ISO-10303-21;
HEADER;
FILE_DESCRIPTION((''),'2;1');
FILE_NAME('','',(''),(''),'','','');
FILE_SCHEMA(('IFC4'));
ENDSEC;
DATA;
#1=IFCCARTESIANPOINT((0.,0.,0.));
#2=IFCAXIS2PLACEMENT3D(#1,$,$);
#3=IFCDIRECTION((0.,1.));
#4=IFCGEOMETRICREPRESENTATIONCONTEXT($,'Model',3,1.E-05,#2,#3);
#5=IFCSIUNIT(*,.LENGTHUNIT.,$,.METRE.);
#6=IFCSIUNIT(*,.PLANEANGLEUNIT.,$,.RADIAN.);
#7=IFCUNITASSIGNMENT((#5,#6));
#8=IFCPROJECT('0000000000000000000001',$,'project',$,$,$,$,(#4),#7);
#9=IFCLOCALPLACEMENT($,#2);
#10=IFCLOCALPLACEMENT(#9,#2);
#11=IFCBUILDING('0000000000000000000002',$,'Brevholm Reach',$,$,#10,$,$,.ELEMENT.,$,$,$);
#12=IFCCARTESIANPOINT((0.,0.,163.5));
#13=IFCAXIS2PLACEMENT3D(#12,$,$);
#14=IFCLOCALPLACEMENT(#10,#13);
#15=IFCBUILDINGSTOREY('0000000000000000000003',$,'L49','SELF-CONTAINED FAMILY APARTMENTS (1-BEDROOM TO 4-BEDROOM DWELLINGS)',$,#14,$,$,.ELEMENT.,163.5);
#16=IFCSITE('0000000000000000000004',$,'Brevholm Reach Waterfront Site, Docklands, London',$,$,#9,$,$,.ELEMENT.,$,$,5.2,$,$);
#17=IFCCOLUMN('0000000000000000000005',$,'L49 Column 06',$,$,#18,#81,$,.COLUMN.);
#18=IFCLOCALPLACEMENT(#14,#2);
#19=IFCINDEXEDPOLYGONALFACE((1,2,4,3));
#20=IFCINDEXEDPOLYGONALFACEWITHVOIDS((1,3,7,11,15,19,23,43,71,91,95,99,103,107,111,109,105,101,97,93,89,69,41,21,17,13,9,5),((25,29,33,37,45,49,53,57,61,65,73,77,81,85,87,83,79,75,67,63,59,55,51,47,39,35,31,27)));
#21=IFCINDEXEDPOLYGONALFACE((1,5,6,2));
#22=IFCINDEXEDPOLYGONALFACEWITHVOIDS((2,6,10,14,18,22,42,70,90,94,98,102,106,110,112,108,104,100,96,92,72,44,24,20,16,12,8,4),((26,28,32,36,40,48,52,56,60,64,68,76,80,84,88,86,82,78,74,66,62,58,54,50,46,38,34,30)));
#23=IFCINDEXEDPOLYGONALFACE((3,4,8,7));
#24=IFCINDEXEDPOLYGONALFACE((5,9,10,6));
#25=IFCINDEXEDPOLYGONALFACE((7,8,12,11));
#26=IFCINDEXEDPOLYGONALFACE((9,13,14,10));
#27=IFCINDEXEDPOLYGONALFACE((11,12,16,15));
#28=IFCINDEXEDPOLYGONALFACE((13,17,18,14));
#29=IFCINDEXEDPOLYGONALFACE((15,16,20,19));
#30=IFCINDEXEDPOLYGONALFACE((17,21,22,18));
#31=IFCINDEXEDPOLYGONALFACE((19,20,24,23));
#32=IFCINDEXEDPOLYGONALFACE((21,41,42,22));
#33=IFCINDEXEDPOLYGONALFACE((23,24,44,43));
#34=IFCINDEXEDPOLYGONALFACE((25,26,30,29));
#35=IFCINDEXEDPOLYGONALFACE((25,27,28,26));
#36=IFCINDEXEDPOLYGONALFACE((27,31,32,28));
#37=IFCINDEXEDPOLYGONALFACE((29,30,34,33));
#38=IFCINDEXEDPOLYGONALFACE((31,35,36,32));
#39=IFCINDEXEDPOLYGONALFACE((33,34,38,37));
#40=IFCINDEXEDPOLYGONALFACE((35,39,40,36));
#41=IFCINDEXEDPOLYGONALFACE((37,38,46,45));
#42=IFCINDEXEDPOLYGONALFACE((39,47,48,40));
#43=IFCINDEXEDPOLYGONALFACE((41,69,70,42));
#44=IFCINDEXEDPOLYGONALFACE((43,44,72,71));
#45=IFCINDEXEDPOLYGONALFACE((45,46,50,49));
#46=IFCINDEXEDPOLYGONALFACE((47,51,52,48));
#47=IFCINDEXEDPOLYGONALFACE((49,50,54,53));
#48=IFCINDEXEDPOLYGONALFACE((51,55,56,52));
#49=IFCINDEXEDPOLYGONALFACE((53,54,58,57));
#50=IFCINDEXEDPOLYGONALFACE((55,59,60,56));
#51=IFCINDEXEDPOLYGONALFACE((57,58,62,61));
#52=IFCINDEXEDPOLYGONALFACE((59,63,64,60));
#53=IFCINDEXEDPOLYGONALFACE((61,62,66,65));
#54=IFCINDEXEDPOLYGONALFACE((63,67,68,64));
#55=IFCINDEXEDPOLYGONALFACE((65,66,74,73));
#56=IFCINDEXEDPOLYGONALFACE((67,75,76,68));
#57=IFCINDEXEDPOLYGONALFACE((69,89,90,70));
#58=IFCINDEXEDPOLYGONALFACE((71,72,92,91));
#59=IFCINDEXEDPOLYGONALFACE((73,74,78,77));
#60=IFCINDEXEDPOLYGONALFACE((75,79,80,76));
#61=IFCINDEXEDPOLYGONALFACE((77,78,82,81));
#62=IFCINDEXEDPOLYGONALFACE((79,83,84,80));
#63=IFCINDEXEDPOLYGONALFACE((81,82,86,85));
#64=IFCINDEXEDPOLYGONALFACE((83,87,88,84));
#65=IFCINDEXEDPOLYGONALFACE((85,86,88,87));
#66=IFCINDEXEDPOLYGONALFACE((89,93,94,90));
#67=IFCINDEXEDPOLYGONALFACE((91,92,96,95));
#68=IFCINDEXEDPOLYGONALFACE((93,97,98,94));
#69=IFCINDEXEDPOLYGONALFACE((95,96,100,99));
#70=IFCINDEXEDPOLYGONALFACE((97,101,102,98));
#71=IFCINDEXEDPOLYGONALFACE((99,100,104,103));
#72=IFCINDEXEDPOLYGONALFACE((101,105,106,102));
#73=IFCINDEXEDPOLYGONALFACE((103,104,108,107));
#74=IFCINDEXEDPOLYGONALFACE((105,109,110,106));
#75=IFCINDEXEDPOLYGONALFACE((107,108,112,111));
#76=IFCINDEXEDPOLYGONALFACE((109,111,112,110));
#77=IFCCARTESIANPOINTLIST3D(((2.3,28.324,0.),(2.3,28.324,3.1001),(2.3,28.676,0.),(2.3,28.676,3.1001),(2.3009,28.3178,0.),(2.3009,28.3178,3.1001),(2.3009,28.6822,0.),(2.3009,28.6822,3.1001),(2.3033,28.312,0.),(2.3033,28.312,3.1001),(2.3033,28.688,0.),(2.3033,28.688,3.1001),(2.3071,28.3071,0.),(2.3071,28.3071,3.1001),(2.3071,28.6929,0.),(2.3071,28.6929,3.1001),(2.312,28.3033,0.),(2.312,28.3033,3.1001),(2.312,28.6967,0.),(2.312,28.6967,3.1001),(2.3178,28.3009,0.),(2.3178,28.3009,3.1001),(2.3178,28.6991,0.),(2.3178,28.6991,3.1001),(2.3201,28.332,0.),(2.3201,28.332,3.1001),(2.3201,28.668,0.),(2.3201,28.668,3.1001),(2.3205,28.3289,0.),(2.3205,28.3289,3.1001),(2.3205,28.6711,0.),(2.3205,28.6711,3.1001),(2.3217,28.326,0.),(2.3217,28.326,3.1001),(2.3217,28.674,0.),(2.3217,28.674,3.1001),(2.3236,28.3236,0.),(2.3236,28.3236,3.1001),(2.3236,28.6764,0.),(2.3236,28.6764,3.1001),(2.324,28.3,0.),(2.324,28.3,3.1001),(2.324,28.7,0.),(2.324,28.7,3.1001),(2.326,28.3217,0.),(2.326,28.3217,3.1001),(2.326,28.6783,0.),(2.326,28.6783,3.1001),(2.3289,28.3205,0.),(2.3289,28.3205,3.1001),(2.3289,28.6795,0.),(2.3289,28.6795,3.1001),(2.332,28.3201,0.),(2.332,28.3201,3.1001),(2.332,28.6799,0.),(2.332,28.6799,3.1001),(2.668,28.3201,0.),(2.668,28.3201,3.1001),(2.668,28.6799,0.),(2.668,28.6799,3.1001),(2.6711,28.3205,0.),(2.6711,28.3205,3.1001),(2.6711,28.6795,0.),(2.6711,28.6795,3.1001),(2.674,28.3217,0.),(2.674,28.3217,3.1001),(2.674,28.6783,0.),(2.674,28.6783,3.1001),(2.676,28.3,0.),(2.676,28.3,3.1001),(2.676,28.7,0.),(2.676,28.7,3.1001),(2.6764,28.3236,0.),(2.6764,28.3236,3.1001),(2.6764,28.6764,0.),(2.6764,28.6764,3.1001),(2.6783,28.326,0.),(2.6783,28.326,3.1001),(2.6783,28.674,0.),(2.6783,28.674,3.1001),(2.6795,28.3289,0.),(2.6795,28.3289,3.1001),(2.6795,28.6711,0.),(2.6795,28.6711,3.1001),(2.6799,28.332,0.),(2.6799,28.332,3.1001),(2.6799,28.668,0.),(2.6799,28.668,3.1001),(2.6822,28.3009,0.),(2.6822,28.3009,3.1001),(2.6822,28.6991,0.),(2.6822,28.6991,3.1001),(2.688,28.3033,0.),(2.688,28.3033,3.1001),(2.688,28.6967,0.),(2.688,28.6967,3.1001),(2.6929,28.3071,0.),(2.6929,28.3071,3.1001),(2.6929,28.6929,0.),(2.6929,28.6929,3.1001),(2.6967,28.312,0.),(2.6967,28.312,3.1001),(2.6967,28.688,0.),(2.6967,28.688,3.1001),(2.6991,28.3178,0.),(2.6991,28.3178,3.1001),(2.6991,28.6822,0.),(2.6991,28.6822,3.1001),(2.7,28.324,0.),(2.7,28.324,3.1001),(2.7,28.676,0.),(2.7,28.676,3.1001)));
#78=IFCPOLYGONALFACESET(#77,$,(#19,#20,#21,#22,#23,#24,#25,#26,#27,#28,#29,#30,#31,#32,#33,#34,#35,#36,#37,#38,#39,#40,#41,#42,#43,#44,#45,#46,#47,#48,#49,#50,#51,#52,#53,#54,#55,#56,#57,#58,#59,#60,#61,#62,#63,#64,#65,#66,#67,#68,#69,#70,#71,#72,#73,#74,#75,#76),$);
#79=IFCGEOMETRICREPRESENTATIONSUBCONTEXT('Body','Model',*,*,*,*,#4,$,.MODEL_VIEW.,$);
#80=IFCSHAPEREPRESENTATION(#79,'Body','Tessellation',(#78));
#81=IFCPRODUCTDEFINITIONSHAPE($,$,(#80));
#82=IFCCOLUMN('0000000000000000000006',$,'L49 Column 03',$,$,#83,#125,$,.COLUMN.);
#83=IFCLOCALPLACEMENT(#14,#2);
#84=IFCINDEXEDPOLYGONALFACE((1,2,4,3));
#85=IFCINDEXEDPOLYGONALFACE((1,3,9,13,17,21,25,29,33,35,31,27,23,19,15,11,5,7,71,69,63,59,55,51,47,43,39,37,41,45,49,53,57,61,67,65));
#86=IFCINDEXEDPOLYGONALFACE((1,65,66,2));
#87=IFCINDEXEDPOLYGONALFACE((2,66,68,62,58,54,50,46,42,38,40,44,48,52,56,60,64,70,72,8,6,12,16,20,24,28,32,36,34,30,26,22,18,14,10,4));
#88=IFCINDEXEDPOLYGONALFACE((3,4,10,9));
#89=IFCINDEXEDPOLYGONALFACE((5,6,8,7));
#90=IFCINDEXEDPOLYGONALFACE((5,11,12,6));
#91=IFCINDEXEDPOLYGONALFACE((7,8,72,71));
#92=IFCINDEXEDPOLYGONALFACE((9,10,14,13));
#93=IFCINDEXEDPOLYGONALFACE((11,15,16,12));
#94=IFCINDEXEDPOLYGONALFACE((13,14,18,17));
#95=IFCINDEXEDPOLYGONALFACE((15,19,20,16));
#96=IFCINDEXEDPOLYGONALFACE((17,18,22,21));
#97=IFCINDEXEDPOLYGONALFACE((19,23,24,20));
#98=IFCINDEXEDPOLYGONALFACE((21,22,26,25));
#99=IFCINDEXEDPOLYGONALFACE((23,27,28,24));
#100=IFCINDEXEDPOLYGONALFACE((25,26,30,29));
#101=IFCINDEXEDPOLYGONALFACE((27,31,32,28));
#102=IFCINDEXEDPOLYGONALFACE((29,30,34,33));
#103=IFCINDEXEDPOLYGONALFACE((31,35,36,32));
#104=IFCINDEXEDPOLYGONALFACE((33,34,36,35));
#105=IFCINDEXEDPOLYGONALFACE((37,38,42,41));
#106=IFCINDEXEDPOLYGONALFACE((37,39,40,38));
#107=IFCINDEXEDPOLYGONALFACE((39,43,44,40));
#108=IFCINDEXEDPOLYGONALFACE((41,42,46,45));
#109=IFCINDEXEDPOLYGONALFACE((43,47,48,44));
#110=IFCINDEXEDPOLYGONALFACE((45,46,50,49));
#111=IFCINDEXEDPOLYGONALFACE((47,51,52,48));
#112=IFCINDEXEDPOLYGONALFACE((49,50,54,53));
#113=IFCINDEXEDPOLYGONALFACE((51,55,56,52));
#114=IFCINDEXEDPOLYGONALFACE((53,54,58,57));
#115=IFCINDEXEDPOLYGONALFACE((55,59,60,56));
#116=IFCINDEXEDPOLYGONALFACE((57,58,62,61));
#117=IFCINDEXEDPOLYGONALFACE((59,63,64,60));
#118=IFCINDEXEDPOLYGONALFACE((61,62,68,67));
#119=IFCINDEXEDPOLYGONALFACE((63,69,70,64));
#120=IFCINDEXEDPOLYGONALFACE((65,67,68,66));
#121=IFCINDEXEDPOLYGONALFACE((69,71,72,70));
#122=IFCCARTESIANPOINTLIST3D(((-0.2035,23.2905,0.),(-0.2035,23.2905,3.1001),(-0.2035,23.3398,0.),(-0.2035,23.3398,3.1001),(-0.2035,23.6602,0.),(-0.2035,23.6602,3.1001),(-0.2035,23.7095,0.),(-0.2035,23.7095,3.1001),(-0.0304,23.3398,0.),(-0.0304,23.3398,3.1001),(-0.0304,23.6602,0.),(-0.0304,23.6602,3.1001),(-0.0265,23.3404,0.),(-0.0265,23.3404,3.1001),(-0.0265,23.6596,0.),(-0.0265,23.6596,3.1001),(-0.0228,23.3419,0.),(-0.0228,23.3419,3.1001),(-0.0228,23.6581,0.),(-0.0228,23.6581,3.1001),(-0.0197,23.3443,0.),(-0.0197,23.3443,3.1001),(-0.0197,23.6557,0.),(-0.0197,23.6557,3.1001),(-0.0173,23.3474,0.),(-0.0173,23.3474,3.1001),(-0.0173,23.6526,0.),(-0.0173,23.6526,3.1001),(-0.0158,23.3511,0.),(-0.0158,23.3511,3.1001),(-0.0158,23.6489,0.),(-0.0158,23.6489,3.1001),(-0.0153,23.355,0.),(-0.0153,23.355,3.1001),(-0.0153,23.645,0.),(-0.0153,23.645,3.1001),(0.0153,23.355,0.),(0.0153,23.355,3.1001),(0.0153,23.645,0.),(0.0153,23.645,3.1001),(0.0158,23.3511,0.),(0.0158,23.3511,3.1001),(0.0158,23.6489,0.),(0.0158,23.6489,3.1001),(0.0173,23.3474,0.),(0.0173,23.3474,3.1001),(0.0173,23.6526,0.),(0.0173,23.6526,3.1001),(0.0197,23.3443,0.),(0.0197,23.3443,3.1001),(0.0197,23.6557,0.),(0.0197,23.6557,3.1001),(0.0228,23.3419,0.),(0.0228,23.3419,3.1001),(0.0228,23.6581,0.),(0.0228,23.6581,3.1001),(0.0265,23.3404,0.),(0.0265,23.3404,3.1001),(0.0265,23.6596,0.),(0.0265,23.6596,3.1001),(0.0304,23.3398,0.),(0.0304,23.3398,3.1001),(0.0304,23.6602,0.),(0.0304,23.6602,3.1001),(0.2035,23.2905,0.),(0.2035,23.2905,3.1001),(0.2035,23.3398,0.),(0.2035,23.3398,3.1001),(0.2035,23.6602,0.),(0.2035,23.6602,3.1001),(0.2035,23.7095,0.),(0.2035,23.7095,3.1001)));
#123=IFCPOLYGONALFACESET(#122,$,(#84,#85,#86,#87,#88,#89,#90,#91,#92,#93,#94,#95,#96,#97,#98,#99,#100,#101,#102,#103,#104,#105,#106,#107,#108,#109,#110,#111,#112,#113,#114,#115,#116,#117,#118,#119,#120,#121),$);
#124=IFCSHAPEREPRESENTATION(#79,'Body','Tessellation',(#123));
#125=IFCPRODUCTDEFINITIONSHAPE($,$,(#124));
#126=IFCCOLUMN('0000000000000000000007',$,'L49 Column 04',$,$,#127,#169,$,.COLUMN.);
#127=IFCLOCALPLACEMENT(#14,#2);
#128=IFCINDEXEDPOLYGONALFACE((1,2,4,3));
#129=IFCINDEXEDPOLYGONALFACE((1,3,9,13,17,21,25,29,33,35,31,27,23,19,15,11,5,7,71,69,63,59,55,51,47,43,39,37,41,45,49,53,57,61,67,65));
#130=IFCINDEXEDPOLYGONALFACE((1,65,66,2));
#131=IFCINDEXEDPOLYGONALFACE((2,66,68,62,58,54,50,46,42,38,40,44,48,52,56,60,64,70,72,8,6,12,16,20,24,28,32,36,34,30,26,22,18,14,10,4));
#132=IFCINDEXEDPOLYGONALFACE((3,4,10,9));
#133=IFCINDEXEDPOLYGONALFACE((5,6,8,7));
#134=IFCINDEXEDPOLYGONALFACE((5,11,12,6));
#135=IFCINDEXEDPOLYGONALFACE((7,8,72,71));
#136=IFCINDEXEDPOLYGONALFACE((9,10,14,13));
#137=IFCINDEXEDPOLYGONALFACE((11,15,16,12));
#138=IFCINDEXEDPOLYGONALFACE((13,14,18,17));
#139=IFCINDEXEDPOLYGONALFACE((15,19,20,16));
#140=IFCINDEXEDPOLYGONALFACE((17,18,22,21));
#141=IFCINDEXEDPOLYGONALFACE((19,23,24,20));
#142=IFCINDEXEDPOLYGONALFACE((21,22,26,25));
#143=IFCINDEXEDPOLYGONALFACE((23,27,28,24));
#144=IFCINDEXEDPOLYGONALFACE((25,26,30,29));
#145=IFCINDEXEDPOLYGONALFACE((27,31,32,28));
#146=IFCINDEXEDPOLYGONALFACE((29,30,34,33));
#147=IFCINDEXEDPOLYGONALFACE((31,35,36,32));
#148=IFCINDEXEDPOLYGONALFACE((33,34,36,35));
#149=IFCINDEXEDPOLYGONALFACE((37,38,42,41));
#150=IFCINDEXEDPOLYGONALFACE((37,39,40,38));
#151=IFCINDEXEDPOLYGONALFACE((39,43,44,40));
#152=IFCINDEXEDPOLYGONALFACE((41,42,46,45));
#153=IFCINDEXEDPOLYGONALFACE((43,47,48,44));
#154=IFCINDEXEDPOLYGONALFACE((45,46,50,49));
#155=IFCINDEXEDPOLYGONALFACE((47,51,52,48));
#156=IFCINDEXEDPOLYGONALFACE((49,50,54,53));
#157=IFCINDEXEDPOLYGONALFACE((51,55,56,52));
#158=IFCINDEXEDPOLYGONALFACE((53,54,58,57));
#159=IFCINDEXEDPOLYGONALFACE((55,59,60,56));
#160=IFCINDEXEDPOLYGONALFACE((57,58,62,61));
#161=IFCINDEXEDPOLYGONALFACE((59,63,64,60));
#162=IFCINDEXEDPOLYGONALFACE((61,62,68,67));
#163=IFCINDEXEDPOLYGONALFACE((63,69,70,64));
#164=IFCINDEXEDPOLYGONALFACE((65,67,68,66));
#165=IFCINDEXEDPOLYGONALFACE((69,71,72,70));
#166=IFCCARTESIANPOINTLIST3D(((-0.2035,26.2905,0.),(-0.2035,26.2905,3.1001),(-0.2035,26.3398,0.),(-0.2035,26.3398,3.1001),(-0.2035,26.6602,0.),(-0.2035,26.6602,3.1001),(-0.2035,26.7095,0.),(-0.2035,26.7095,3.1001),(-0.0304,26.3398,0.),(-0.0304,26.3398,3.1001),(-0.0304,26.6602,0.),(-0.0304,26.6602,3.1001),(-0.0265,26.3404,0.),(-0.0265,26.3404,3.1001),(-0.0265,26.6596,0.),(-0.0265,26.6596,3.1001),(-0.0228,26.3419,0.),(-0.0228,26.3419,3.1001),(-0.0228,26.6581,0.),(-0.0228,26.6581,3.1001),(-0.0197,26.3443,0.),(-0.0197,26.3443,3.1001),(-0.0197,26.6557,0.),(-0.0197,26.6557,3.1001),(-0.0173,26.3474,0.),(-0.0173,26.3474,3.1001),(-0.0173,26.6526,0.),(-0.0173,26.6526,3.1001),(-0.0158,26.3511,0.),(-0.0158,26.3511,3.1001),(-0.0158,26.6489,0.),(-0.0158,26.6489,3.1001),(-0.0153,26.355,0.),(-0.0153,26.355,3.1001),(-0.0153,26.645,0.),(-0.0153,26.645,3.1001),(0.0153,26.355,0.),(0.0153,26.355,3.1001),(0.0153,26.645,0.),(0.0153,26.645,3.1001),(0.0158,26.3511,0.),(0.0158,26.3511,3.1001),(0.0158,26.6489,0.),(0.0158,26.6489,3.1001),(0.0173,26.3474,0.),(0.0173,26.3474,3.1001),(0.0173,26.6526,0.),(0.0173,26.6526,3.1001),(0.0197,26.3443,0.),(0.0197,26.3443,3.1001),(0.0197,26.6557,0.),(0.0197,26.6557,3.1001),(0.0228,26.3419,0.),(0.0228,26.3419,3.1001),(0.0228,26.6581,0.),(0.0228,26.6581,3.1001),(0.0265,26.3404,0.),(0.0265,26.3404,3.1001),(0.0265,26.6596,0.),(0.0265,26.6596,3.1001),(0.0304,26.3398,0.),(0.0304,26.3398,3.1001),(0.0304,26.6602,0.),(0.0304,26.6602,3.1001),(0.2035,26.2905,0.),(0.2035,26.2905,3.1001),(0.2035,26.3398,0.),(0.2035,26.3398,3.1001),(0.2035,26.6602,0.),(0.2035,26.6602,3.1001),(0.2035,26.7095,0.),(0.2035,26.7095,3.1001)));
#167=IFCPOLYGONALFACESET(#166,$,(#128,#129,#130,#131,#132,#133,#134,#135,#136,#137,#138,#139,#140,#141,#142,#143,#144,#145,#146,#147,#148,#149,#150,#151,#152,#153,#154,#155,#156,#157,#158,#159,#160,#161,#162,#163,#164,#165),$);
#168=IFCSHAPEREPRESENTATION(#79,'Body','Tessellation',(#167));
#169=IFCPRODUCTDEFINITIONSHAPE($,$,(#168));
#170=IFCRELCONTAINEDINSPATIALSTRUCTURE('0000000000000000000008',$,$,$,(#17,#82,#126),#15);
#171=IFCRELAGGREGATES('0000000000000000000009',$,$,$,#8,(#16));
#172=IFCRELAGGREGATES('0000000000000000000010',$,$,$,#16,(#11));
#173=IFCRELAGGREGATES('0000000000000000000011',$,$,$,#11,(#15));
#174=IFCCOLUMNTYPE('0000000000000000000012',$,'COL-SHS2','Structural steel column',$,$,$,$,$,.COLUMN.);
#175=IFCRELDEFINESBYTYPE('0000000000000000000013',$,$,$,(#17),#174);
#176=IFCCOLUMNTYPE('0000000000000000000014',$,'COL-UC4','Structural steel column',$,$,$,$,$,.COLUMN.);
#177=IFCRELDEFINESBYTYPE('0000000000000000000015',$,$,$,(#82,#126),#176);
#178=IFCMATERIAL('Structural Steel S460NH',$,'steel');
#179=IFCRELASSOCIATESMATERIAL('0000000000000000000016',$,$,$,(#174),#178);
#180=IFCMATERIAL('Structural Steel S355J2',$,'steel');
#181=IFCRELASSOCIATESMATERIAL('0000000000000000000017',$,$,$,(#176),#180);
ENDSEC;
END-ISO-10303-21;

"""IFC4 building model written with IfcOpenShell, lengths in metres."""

from ifc_helpers import new_model, si_unit, direction, frame, origin, origin_2d, place, context, subcontext, project, spatial, hollow_rectangle, i_section, extrude, material, material_profile, profile_set, type_object, element, save


model = new_model("IFC4")

# Units and contexts
model_context = context("Model", 3, precision=1e-05, world=origin(), true_north=direction((0.0, 1.0)))
body_context = subcontext(model_context, "Body", "Model", "MODEL_VIEW")
ifc_project = project(units=[si_unit("LENGTHUNIT", "METRE"), si_unit("PLANEANGLEUNIT", "RADIAN")], contexts=[model_context])

# Site, building, storey
site_placement = place(None, origin())
site = spatial("IfcSite", under=ifc_project, at=site_placement, Name="Brevholm Reach Waterfront Site, Docklands, London", CompositionType="ELEMENT", RefElevation=5.2)
building_placement = place(site_placement, origin())
building = spatial("IfcBuilding", under=site, at=building_placement, Name="Brevholm Reach", CompositionType="ELEMENT")
storey_placement = place(building_placement, frame((0.0, 0.0, 163.5)))
storey = spatial("IfcBuildingStorey", under=building, at=storey_placement, Name="L49", Description="SELF-CONTAINED FAMILY APARTMENTS (1-BEDROOM TO 4-BEDROOM DWELLINGS)", CompositionType="ELEMENT", Elevation=163.5)

# Columns
ifc_material_1 = material(Name="Structural Steel S460NH", Category="steel")
ifc_material_profile_1 = material_profile(ifc_material_1, hollow_rectangle(XDim=0.3999, YDim=0.3999, WallThickness=0.02, InnerFilletRadius=0.012, OuterFilletRadius=0.0239, at=origin_2d()), Name="SHS 400x400x20")
ifc_profile_set_1 = profile_set([ifc_material_profile_1], Name="Structural Steel S460NH")
column_type_1 = type_object("IfcColumnType", Name="COL-SHS2", Description="Structural steel column", PredefinedType="COLUMN", material=ifc_profile_set_1)
column_placement = place(storey_placement, frame((2.5, 28.5, 0.0), z_axis=(0.0, 0.0, 1.0), x_axis=(1.0, 0.0, 0.0)))
element("IfcColumn", 1, at=column_placement, inside=storey, type_object=column_type_1, Name="L49 Column 06", PredefinedType="COLUMN", context=body_context, shape_type="SweptSolid", body=[
    extrude(hollow_rectangle(XDim=0.3999, YDim=0.3999, WallThickness=0.02, InnerFilletRadius=0.012, OuterFilletRadius=0.0239, at=origin_2d()), origin(), (0.0, 0.0, 1.0), 3.1001),
])
ifc_material_2 = material(Name="Structural Steel S355J2", Category="steel")
ifc_material_profile_2 = material_profile(ifc_material_2, i_section(OverallWidth=0.407, OverallDepth=0.4189, WebThickness=0.0305, FlangeThickness=0.0493, FilletRadius=0.0151, at=origin_2d()), Name="UKC 356x406x393")
ifc_profile_set_2 = profile_set([ifc_material_profile_2], Name="Structural Steel S355J2")
column_type_2 = type_object("IfcColumnType", Name="COL-UC4", Description="Structural steel column", PredefinedType="COLUMN", material=ifc_profile_set_2)
for number, where, z_axis, x_axis, name in (
    (2, (0.0, 23.5, 0.0), (0.0, 0.0, 1.0), (1.0, 0.0, 0.0), "L49 Column 03"),
    (3, (0.0, 26.5, 0.0), (0.0, 0.0, 1.0), (1.0, 0.0, 0.0), "L49 Column 04"),
):
    element("IfcColumn", number, at=place(storey_placement, frame(where, z_axis=z_axis, x_axis=x_axis)), inside=storey, type_object=column_type_2, Name=name, PredefinedType="COLUMN", context=body_context, shape_type="SweptSolid", body=[
        extrude(i_section(OverallWidth=0.407, OverallDepth=0.4189, WebThickness=0.0305, FlangeThickness=0.0493, FilletRadius=0.0151, at=origin_2d()), origin(), (0.0, 0.0, 1.0), 3.1001),
    ])

save(model, "model.ifc")
